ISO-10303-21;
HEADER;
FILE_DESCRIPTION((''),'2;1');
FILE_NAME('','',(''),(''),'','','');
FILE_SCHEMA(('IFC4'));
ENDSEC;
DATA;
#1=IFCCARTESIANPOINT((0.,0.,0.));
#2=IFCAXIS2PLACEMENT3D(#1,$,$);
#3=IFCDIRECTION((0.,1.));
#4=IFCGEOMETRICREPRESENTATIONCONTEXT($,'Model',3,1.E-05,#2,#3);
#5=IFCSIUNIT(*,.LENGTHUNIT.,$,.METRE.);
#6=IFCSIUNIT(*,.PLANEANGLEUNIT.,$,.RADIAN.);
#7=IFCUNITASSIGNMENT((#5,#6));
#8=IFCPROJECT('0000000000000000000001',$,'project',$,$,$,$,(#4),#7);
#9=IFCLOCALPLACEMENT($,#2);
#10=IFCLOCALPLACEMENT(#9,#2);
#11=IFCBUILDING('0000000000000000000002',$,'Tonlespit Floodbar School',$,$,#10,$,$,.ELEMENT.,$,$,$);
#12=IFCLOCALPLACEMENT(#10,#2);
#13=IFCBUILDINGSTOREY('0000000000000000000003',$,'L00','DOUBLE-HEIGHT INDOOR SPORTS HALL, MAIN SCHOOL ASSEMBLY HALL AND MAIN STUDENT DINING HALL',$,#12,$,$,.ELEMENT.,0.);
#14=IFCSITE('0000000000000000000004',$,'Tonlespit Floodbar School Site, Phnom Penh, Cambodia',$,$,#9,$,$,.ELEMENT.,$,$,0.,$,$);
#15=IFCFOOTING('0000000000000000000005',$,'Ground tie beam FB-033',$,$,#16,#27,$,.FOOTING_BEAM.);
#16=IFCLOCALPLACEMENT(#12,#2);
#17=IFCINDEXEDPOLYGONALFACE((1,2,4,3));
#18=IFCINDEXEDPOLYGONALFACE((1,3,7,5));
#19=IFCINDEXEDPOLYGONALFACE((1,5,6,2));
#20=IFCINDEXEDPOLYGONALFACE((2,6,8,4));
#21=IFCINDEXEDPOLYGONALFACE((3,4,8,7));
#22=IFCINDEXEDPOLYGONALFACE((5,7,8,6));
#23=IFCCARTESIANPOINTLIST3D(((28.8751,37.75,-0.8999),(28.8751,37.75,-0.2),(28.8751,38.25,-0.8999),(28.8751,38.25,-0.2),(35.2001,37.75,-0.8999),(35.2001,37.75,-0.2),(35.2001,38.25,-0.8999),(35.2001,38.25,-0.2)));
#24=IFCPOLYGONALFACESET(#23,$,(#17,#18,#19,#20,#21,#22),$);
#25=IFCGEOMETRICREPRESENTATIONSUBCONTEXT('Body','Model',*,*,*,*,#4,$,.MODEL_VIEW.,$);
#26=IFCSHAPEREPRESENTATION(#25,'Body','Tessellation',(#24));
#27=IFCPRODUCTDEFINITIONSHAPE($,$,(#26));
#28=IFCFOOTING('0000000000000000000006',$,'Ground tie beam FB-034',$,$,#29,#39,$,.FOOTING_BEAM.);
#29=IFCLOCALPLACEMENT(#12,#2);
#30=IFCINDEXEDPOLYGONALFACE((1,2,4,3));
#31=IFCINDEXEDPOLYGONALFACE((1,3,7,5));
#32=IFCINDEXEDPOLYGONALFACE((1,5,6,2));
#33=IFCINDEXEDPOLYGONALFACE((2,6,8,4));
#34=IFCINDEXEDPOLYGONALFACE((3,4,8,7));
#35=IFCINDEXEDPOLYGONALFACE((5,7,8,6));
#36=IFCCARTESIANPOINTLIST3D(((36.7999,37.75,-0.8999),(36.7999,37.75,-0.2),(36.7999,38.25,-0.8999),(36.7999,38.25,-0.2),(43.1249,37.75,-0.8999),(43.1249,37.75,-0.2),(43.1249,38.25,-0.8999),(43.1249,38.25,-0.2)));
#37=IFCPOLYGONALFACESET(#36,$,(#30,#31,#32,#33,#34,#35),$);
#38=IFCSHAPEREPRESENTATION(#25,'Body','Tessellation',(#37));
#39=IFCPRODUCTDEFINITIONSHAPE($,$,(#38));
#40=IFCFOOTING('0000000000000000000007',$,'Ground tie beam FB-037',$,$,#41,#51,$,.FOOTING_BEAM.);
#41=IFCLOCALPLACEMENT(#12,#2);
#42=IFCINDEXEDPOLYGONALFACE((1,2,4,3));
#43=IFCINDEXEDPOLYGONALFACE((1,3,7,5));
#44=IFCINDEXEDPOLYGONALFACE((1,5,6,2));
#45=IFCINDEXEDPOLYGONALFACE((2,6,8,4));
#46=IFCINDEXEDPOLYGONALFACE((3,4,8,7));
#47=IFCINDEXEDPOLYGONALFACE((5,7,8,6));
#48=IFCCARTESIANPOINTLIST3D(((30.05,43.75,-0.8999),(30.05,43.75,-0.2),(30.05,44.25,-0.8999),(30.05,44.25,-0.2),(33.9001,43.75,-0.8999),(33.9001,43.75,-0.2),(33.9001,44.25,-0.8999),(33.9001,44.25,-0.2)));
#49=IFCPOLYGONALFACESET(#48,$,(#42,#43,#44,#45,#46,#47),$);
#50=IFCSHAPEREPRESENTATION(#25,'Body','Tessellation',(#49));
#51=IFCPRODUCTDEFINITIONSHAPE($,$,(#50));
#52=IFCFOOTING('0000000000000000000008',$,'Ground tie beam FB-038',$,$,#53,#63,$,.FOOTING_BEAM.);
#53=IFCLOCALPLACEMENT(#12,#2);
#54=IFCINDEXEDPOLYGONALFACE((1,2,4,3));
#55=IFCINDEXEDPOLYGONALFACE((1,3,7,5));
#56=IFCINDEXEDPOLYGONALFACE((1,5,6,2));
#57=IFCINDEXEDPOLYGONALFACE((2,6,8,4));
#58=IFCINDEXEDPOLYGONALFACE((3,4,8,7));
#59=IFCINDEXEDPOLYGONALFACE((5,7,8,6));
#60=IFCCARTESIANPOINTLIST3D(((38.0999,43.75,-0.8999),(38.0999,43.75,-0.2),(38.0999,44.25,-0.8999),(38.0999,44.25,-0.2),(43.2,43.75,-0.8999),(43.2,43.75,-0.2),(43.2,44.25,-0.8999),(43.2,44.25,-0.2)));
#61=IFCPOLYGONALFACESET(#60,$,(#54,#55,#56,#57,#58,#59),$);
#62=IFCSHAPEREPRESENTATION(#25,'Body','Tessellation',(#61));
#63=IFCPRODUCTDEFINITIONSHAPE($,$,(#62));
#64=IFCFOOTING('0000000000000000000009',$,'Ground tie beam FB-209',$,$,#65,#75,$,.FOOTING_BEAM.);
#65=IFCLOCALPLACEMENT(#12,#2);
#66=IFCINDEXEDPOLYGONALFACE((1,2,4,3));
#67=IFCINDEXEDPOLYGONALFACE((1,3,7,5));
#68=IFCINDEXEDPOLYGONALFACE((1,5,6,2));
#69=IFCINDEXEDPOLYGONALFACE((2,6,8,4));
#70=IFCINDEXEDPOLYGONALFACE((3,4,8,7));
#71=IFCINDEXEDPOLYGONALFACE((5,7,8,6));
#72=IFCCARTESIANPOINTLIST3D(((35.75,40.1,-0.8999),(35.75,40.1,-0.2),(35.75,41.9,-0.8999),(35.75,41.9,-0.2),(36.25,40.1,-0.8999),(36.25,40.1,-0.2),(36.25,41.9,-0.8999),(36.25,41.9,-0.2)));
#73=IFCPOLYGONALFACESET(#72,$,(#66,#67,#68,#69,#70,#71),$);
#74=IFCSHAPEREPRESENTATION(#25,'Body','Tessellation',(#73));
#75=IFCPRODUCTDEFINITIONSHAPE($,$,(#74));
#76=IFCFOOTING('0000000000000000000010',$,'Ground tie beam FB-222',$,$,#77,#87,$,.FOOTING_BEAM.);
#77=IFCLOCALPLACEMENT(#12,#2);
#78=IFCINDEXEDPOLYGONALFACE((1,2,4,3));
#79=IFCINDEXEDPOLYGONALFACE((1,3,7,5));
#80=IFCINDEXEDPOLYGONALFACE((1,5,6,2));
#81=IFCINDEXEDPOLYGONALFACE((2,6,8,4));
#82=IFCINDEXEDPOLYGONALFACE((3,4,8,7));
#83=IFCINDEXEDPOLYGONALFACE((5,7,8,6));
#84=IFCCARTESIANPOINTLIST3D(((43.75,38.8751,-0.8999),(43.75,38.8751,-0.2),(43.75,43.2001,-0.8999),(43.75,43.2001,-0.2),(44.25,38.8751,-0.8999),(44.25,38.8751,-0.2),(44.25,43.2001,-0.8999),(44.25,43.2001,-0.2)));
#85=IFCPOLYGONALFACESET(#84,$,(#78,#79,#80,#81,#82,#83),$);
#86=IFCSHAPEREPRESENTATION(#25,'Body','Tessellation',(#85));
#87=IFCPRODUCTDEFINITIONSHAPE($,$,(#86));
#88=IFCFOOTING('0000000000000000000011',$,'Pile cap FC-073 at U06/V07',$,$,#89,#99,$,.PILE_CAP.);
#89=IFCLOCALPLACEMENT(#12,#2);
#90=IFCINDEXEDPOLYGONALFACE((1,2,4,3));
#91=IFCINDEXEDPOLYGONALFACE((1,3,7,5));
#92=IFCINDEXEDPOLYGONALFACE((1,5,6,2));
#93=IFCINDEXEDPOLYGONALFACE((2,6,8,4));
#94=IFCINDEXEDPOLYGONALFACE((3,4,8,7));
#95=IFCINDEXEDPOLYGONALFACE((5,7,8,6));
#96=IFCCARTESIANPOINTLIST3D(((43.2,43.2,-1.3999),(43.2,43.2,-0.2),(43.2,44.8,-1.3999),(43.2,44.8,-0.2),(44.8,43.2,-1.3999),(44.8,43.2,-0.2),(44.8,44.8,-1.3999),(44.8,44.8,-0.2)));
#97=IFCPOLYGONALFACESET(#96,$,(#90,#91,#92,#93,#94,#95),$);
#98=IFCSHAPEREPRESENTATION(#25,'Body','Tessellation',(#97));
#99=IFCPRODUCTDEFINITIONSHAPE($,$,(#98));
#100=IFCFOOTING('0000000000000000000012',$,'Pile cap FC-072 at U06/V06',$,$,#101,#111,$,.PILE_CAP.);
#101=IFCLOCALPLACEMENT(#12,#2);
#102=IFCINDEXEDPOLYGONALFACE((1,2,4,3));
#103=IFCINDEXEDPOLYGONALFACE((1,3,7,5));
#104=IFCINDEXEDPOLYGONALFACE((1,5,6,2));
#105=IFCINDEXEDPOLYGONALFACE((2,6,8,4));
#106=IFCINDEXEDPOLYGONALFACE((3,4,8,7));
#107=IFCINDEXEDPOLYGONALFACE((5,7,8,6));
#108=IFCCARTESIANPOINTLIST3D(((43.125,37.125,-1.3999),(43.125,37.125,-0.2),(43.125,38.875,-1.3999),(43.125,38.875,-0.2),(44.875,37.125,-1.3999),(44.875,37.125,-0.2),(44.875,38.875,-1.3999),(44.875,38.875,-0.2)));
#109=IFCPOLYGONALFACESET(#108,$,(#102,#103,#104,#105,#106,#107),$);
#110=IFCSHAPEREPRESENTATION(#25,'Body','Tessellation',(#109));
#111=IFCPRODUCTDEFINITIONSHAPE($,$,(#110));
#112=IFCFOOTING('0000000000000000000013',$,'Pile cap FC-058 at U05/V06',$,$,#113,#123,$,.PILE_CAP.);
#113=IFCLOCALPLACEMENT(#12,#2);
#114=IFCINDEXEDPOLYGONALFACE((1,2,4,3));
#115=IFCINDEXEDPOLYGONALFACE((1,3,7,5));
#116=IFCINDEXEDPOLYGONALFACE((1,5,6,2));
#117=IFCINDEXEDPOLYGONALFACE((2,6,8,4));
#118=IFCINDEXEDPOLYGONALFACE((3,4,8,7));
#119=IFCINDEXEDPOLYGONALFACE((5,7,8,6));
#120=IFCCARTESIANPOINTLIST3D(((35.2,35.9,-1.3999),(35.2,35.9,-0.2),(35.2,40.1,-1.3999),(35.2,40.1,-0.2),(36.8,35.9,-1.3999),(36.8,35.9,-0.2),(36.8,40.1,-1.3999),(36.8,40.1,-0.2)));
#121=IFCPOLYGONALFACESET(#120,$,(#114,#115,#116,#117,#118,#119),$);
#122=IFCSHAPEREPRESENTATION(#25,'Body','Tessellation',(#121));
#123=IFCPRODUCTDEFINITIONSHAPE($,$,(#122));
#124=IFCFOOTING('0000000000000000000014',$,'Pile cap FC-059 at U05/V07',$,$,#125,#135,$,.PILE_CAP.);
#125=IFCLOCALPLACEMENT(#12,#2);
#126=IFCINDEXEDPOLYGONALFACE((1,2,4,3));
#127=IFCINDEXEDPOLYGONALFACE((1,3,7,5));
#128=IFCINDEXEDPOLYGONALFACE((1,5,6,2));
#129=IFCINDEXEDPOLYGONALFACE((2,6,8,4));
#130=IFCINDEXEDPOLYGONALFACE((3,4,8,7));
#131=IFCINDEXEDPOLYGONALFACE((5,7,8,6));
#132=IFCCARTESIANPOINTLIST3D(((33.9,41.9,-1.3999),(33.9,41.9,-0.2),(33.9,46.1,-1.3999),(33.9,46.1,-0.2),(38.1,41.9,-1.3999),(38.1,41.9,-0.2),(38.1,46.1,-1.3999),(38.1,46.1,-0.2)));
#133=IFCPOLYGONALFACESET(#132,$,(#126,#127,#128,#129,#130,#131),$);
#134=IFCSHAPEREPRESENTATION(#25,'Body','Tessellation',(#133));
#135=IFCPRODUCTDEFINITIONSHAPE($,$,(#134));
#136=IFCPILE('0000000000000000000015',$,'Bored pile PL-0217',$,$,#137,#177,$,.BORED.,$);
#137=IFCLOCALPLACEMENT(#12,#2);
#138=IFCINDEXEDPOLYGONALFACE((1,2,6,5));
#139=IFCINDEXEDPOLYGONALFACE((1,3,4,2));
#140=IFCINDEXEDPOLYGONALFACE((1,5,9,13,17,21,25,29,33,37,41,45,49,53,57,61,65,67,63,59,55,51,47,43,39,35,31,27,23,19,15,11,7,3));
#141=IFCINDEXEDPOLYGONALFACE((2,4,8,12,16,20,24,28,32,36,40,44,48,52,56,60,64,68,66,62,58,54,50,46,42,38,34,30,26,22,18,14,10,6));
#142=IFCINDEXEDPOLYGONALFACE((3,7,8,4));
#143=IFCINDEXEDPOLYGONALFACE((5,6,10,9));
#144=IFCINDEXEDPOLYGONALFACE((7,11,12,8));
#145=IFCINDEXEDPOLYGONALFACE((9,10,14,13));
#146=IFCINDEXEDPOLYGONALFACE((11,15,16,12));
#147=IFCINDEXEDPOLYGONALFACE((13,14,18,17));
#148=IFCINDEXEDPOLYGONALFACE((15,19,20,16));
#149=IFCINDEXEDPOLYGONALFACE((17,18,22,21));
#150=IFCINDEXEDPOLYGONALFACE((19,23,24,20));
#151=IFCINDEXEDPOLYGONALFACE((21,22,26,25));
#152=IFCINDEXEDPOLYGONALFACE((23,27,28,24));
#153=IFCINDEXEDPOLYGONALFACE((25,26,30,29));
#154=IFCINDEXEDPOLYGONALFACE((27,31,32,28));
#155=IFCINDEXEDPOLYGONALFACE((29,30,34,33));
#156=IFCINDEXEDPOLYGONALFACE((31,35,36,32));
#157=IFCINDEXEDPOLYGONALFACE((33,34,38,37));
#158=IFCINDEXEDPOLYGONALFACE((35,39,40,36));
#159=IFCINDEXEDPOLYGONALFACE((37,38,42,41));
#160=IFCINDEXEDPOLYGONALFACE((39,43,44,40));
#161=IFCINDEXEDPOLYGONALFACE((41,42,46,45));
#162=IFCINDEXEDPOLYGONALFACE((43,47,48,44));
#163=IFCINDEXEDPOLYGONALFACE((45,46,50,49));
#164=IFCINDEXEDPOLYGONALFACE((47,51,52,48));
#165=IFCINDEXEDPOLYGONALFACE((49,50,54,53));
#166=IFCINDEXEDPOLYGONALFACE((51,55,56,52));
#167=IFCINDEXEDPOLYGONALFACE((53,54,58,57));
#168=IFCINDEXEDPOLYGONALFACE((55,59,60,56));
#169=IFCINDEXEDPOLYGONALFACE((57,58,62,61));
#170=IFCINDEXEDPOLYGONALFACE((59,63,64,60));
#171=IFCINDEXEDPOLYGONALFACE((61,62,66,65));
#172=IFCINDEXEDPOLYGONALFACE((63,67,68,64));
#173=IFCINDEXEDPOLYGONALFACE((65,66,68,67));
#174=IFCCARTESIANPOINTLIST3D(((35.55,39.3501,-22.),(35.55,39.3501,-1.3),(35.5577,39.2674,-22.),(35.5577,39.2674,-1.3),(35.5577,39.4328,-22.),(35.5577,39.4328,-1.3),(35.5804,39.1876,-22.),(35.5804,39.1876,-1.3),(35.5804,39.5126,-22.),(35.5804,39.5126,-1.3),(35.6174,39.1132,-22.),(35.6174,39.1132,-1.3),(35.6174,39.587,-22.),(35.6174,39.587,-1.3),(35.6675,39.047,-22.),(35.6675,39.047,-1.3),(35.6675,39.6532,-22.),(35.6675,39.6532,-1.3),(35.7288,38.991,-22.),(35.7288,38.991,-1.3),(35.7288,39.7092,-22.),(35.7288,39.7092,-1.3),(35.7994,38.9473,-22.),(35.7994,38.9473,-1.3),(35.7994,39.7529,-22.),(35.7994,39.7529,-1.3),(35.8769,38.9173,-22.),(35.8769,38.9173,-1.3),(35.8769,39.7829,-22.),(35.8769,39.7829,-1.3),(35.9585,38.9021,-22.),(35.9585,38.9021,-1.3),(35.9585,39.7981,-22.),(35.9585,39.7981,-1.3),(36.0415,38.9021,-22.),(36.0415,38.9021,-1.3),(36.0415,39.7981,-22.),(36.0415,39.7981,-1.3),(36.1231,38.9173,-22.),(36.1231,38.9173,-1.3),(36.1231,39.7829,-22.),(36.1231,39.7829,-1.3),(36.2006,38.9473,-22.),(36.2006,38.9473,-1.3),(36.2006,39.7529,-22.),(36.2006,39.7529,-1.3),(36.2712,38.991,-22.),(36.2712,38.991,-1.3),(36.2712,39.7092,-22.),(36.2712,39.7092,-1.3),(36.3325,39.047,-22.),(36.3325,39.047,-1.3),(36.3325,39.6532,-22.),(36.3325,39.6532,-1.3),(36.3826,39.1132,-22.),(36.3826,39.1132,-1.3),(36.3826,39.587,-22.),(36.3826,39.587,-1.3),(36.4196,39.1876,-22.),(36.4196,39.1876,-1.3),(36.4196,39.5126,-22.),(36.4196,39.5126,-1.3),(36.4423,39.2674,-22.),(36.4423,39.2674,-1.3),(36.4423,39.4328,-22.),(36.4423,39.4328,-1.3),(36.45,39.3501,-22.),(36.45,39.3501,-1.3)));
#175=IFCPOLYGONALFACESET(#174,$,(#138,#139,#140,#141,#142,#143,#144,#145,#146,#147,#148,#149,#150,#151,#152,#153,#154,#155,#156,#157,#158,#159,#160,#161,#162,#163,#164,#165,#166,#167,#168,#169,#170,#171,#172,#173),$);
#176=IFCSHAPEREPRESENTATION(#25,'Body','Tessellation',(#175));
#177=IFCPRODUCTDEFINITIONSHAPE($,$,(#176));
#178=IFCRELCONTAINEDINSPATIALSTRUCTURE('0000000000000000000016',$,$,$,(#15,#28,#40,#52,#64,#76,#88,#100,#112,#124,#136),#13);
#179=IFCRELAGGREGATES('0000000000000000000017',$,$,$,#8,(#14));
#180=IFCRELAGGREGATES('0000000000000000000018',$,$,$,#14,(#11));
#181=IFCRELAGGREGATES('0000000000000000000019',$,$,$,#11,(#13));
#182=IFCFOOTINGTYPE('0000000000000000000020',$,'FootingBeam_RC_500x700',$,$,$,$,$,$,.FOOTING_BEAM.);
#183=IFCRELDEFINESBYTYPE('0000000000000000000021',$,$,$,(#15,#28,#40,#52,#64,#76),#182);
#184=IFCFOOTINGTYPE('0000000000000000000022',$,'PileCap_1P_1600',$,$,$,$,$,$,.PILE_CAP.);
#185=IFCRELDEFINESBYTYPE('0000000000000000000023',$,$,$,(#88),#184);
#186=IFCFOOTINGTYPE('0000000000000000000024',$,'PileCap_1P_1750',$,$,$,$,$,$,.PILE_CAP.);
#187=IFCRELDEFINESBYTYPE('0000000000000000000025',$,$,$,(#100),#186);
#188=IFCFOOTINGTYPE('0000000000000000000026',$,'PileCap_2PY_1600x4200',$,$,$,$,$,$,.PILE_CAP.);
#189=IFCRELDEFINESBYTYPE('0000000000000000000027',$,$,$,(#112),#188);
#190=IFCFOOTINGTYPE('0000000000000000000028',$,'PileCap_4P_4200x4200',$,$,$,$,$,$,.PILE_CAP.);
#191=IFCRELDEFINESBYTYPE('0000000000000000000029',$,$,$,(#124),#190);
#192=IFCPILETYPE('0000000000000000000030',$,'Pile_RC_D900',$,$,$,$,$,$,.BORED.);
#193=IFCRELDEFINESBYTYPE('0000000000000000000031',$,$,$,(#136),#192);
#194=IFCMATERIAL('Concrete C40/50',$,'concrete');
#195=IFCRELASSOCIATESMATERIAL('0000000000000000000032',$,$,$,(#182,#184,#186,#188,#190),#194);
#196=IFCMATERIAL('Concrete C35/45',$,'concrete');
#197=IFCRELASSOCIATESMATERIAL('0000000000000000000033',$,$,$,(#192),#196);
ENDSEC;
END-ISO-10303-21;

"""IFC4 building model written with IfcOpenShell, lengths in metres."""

from ifc_helpers import new_model, si_unit, direction, frame, origin, origin_2d, place, context, subcontext, project, spatial, rectangle, circle, extrude, material, material_profile, profile_set, type_object, element, save


model = new_model("IFC4")

# Units and contexts
model_context = context("Model", 3, precision=1e-05, world=origin(), true_north=direction((0.0, 1.0)))
body_context = subcontext(model_context, "Body", "Model", "MODEL_VIEW")
ifc_project = project(units=[si_unit("LENGTHUNIT", "METRE"), si_unit("PLANEANGLEUNIT", "RADIAN")], contexts=[model_context])

# Site, building, storey
site_placement = place(None, origin())
site = spatial("IfcSite", under=ifc_project, at=site_placement, Name="Tonlespit Floodbar School Site, Phnom Penh, Cambodia", CompositionType="ELEMENT", RefElevation=0.0)
building_placement = place(site_placement, origin())
building = spatial("IfcBuilding", under=site, at=building_placement, Name="Tonlespit Floodbar School", CompositionType="ELEMENT")
storey_placement = place(building_placement, origin())
storey = spatial("IfcBuildingStorey", under=building, at=storey_placement, Name="L00", Description="DOUBLE-HEIGHT INDOOR SPORTS HALL, MAIN SCHOOL ASSEMBLY HALL AND MAIN STUDENT DINING HALL", CompositionType="ELEMENT", Elevation=0.0)

# Footings
ifc_material_1 = material(Name="Concrete C40/50", Category="concrete")
footing_type_1 = type_object("IfcFootingType", Name="FootingBeam_RC_500x700", PredefinedType="FOOTING_BEAM", material=ifc_material_1)
for number, where, z_axis, x_axis, name in (
    (1, (32.0376, 38.0, -0.8999), (0.0, 0.0, 1.0), (1.0, 0.0, 0.0), "Ground tie beam FB-033"),
    (2, (39.9624, 38.0, -0.8999), (0.0, 0.0, 1.0), (1.0, 0.0, 0.0), "Ground tie beam FB-034"),
):
    element("IfcFooting", number, at=place(storey_placement, frame(where, z_axis=z_axis, x_axis=x_axis)), inside=storey, type_object=footing_type_1, Name=name, PredefinedType="FOOTING_BEAM", context=body_context, shape_type="SweptSolid", body=[
        extrude(rectangle(XDim=6.325, YDim=0.5, at=origin_2d()), origin(), (0.0, 0.0, 1.0), 0.7),
    ])
footing_1_placement = place(storey_placement, frame((31.9751, 44.0, -0.8999), z_axis=(0.0, 0.0, 1.0), x_axis=(1.0, 0.0, 0.0)))
element("IfcFooting", 3, at=footing_1_placement, inside=storey, type_object=footing_type_1, Name="Ground tie beam FB-037", PredefinedType="FOOTING_BEAM", context=body_context, shape_type="SweptSolid", body=[
    extrude(rectangle(XDim=3.8501, YDim=0.5, at=origin_2d()), origin(), (0.0, 0.0, 1.0), 0.7),
])
footing_2_placement = place(storey_placement, frame((40.6499, 44.0, -0.8999), z_axis=(0.0, 0.0, 1.0), x_axis=(1.0, 0.0, 0.0)))
element("IfcFooting", 4, at=footing_2_placement, inside=storey, type_object=footing_type_1, Name="Ground tie beam FB-038", PredefinedType="FOOTING_BEAM", context=body_context, shape_type="SweptSolid", body=[
    extrude(rectangle(XDim=5.1001, YDim=0.5, at=origin_2d()), origin(), (0.0, 0.0, 1.0), 0.7),
])
footing_3_placement = place(storey_placement, frame((36.0, 41.0, -0.8999), z_axis=(0.0, 0.0, 1.0), x_axis=(0.0, 1.0, 0.0)))
element("IfcFooting", 5, at=footing_3_placement, inside=storey, type_object=footing_type_1, Name="Ground tie beam FB-209", PredefinedType="FOOTING_BEAM", context=body_context, shape_type="SweptSolid", body=[
    extrude(rectangle(XDim=1.8, YDim=0.5, at=origin_2d()), origin(), (0.0, 0.0, 1.0), 0.7),
])
footing_4_placement = place(storey_placement, frame((44.0, 41.0376, -0.8999), z_axis=(0.0, 0.0, 1.0), x_axis=(0.0, 1.0, 0.0)))
element("IfcFooting", 6, at=footing_4_placement, inside=storey, type_object=footing_type_1, Name="Ground tie beam FB-222", PredefinedType="FOOTING_BEAM", context=body_context, shape_type="SweptSolid", body=[
    extrude(rectangle(XDim=4.325, YDim=0.5, at=origin_2d()), origin(), (0.0, 0.0, 1.0), 0.7),
])
footing_type_2 = type_object("IfcFootingType", Name="PileCap_1P_1600", PredefinedType="PILE_CAP", material=ifc_material_1)
footing_5_placement = place(storey_placement, frame((44.0, 44.0, -1.3999), z_axis=(0.0, 0.0, 1.0), x_axis=(1.0, 0.0, 0.0)))
element("IfcFooting", 7, at=footing_5_placement, inside=storey, type_object=footing_type_2, Name="Pile cap FC-073 at U06/V07", PredefinedType="PILE_CAP", context=body_context, shape_type="SweptSolid", body=[
    extrude(rectangle(XDim=1.6001, YDim=1.6001, at=origin_2d()), origin(), (0.0, 0.0, 1.0), 1.2),
])
footing_type_3 = type_object("IfcFootingType", Name="PileCap_1P_1750", PredefinedType="PILE_CAP", material=ifc_material_1)
footing_6_placement = place(storey_placement, frame((44.0, 38.0, -1.3999), z_axis=(0.0, 0.0, 1.0), x_axis=(1.0, 0.0, 0.0)))
element("IfcFooting", 8, at=footing_6_placement, inside=storey, type_object=footing_type_3, Name="Pile cap FC-072 at U06/V06", PredefinedType="PILE_CAP", context=body_context, shape_type="SweptSolid", body=[
    extrude(rectangle(XDim=1.75, YDim=1.75, at=origin_2d()), origin(), (0.0, 0.0, 1.0), 1.2),
])
footing_type_4 = type_object("IfcFootingType", Name="PileCap_2PY_1600x4200", PredefinedType="PILE_CAP", material=ifc_material_1)
footing_7_placement = place(storey_placement, frame((36.0, 38.0, -1.3999), z_axis=(0.0, 0.0, 1.0), x_axis=(1.0, 0.0, 0.0)))
element("IfcFooting", 9, at=footing_7_placement, inside=storey, type_object=footing_type_4, Name="Pile cap FC-058 at U05/V06", PredefinedType="PILE_CAP", context=body_context, shape_type="SweptSolid", body=[
    extrude(rectangle(XDim=1.6001, YDim=4.2, at=origin_2d()), origin(), (0.0, 0.0, 1.0), 1.2),
])
footing_type_5 = type_object("IfcFootingType", Name="PileCap_4P_4200x4200", PredefinedType="PILE_CAP", material=ifc_material_1)
footing_8_placement = place(storey_placement, frame((36.0, 44.0, -1.3999), z_axis=(0.0, 0.0, 1.0), x_axis=(1.0, 0.0, 0.0)))
element("IfcFooting", 10, at=footing_8_placement, inside=storey, type_object=footing_type_5, Name="Pile cap FC-059 at U05/V07", PredefinedType="PILE_CAP", context=body_context, shape_type="SweptSolid", body=[
    extrude(rectangle(XDim=4.2, YDim=4.2, at=origin_2d()), origin(), (0.0, 0.0, 1.0), 1.2),
])

# Pile
ifc_material_2 = material(Name="Concrete C35/45", Category="concrete")
ifc_material_profile_1 = material_profile(ifc_material_2, circle(Radius=0.45, at=origin_2d()), Name="BP D900")
ifc_profile_set_1 = profile_set([ifc_material_profile_1], Name="Concrete C35/45")
pile_type = type_object("IfcPileType", Name="Pile_RC_D900", PredefinedType="BORED", material=ifc_profile_set_1)
for number, where, z_axis, x_axis, name in (
    (11, (36.0, 39.3501, -1.3), (0.0, 0.0, -1.0), (1.0, 0.0, 0.0), "Bored pile PL-0217"),
):
    element("IfcPile", number, at=place(storey_placement, frame(where, z_axis=z_axis, x_axis=x_axis)), inside=storey, type_object=pile_type, Name=name, PredefinedType="BORED", context=body_context, shape_type="SweptSolid", body=[
        extrude(circle(Radius=0.45, at=origin_2d()), origin(), (0.0, 0.0, 1.0), 20.7),
    ])

save(model, "model.ifc")
